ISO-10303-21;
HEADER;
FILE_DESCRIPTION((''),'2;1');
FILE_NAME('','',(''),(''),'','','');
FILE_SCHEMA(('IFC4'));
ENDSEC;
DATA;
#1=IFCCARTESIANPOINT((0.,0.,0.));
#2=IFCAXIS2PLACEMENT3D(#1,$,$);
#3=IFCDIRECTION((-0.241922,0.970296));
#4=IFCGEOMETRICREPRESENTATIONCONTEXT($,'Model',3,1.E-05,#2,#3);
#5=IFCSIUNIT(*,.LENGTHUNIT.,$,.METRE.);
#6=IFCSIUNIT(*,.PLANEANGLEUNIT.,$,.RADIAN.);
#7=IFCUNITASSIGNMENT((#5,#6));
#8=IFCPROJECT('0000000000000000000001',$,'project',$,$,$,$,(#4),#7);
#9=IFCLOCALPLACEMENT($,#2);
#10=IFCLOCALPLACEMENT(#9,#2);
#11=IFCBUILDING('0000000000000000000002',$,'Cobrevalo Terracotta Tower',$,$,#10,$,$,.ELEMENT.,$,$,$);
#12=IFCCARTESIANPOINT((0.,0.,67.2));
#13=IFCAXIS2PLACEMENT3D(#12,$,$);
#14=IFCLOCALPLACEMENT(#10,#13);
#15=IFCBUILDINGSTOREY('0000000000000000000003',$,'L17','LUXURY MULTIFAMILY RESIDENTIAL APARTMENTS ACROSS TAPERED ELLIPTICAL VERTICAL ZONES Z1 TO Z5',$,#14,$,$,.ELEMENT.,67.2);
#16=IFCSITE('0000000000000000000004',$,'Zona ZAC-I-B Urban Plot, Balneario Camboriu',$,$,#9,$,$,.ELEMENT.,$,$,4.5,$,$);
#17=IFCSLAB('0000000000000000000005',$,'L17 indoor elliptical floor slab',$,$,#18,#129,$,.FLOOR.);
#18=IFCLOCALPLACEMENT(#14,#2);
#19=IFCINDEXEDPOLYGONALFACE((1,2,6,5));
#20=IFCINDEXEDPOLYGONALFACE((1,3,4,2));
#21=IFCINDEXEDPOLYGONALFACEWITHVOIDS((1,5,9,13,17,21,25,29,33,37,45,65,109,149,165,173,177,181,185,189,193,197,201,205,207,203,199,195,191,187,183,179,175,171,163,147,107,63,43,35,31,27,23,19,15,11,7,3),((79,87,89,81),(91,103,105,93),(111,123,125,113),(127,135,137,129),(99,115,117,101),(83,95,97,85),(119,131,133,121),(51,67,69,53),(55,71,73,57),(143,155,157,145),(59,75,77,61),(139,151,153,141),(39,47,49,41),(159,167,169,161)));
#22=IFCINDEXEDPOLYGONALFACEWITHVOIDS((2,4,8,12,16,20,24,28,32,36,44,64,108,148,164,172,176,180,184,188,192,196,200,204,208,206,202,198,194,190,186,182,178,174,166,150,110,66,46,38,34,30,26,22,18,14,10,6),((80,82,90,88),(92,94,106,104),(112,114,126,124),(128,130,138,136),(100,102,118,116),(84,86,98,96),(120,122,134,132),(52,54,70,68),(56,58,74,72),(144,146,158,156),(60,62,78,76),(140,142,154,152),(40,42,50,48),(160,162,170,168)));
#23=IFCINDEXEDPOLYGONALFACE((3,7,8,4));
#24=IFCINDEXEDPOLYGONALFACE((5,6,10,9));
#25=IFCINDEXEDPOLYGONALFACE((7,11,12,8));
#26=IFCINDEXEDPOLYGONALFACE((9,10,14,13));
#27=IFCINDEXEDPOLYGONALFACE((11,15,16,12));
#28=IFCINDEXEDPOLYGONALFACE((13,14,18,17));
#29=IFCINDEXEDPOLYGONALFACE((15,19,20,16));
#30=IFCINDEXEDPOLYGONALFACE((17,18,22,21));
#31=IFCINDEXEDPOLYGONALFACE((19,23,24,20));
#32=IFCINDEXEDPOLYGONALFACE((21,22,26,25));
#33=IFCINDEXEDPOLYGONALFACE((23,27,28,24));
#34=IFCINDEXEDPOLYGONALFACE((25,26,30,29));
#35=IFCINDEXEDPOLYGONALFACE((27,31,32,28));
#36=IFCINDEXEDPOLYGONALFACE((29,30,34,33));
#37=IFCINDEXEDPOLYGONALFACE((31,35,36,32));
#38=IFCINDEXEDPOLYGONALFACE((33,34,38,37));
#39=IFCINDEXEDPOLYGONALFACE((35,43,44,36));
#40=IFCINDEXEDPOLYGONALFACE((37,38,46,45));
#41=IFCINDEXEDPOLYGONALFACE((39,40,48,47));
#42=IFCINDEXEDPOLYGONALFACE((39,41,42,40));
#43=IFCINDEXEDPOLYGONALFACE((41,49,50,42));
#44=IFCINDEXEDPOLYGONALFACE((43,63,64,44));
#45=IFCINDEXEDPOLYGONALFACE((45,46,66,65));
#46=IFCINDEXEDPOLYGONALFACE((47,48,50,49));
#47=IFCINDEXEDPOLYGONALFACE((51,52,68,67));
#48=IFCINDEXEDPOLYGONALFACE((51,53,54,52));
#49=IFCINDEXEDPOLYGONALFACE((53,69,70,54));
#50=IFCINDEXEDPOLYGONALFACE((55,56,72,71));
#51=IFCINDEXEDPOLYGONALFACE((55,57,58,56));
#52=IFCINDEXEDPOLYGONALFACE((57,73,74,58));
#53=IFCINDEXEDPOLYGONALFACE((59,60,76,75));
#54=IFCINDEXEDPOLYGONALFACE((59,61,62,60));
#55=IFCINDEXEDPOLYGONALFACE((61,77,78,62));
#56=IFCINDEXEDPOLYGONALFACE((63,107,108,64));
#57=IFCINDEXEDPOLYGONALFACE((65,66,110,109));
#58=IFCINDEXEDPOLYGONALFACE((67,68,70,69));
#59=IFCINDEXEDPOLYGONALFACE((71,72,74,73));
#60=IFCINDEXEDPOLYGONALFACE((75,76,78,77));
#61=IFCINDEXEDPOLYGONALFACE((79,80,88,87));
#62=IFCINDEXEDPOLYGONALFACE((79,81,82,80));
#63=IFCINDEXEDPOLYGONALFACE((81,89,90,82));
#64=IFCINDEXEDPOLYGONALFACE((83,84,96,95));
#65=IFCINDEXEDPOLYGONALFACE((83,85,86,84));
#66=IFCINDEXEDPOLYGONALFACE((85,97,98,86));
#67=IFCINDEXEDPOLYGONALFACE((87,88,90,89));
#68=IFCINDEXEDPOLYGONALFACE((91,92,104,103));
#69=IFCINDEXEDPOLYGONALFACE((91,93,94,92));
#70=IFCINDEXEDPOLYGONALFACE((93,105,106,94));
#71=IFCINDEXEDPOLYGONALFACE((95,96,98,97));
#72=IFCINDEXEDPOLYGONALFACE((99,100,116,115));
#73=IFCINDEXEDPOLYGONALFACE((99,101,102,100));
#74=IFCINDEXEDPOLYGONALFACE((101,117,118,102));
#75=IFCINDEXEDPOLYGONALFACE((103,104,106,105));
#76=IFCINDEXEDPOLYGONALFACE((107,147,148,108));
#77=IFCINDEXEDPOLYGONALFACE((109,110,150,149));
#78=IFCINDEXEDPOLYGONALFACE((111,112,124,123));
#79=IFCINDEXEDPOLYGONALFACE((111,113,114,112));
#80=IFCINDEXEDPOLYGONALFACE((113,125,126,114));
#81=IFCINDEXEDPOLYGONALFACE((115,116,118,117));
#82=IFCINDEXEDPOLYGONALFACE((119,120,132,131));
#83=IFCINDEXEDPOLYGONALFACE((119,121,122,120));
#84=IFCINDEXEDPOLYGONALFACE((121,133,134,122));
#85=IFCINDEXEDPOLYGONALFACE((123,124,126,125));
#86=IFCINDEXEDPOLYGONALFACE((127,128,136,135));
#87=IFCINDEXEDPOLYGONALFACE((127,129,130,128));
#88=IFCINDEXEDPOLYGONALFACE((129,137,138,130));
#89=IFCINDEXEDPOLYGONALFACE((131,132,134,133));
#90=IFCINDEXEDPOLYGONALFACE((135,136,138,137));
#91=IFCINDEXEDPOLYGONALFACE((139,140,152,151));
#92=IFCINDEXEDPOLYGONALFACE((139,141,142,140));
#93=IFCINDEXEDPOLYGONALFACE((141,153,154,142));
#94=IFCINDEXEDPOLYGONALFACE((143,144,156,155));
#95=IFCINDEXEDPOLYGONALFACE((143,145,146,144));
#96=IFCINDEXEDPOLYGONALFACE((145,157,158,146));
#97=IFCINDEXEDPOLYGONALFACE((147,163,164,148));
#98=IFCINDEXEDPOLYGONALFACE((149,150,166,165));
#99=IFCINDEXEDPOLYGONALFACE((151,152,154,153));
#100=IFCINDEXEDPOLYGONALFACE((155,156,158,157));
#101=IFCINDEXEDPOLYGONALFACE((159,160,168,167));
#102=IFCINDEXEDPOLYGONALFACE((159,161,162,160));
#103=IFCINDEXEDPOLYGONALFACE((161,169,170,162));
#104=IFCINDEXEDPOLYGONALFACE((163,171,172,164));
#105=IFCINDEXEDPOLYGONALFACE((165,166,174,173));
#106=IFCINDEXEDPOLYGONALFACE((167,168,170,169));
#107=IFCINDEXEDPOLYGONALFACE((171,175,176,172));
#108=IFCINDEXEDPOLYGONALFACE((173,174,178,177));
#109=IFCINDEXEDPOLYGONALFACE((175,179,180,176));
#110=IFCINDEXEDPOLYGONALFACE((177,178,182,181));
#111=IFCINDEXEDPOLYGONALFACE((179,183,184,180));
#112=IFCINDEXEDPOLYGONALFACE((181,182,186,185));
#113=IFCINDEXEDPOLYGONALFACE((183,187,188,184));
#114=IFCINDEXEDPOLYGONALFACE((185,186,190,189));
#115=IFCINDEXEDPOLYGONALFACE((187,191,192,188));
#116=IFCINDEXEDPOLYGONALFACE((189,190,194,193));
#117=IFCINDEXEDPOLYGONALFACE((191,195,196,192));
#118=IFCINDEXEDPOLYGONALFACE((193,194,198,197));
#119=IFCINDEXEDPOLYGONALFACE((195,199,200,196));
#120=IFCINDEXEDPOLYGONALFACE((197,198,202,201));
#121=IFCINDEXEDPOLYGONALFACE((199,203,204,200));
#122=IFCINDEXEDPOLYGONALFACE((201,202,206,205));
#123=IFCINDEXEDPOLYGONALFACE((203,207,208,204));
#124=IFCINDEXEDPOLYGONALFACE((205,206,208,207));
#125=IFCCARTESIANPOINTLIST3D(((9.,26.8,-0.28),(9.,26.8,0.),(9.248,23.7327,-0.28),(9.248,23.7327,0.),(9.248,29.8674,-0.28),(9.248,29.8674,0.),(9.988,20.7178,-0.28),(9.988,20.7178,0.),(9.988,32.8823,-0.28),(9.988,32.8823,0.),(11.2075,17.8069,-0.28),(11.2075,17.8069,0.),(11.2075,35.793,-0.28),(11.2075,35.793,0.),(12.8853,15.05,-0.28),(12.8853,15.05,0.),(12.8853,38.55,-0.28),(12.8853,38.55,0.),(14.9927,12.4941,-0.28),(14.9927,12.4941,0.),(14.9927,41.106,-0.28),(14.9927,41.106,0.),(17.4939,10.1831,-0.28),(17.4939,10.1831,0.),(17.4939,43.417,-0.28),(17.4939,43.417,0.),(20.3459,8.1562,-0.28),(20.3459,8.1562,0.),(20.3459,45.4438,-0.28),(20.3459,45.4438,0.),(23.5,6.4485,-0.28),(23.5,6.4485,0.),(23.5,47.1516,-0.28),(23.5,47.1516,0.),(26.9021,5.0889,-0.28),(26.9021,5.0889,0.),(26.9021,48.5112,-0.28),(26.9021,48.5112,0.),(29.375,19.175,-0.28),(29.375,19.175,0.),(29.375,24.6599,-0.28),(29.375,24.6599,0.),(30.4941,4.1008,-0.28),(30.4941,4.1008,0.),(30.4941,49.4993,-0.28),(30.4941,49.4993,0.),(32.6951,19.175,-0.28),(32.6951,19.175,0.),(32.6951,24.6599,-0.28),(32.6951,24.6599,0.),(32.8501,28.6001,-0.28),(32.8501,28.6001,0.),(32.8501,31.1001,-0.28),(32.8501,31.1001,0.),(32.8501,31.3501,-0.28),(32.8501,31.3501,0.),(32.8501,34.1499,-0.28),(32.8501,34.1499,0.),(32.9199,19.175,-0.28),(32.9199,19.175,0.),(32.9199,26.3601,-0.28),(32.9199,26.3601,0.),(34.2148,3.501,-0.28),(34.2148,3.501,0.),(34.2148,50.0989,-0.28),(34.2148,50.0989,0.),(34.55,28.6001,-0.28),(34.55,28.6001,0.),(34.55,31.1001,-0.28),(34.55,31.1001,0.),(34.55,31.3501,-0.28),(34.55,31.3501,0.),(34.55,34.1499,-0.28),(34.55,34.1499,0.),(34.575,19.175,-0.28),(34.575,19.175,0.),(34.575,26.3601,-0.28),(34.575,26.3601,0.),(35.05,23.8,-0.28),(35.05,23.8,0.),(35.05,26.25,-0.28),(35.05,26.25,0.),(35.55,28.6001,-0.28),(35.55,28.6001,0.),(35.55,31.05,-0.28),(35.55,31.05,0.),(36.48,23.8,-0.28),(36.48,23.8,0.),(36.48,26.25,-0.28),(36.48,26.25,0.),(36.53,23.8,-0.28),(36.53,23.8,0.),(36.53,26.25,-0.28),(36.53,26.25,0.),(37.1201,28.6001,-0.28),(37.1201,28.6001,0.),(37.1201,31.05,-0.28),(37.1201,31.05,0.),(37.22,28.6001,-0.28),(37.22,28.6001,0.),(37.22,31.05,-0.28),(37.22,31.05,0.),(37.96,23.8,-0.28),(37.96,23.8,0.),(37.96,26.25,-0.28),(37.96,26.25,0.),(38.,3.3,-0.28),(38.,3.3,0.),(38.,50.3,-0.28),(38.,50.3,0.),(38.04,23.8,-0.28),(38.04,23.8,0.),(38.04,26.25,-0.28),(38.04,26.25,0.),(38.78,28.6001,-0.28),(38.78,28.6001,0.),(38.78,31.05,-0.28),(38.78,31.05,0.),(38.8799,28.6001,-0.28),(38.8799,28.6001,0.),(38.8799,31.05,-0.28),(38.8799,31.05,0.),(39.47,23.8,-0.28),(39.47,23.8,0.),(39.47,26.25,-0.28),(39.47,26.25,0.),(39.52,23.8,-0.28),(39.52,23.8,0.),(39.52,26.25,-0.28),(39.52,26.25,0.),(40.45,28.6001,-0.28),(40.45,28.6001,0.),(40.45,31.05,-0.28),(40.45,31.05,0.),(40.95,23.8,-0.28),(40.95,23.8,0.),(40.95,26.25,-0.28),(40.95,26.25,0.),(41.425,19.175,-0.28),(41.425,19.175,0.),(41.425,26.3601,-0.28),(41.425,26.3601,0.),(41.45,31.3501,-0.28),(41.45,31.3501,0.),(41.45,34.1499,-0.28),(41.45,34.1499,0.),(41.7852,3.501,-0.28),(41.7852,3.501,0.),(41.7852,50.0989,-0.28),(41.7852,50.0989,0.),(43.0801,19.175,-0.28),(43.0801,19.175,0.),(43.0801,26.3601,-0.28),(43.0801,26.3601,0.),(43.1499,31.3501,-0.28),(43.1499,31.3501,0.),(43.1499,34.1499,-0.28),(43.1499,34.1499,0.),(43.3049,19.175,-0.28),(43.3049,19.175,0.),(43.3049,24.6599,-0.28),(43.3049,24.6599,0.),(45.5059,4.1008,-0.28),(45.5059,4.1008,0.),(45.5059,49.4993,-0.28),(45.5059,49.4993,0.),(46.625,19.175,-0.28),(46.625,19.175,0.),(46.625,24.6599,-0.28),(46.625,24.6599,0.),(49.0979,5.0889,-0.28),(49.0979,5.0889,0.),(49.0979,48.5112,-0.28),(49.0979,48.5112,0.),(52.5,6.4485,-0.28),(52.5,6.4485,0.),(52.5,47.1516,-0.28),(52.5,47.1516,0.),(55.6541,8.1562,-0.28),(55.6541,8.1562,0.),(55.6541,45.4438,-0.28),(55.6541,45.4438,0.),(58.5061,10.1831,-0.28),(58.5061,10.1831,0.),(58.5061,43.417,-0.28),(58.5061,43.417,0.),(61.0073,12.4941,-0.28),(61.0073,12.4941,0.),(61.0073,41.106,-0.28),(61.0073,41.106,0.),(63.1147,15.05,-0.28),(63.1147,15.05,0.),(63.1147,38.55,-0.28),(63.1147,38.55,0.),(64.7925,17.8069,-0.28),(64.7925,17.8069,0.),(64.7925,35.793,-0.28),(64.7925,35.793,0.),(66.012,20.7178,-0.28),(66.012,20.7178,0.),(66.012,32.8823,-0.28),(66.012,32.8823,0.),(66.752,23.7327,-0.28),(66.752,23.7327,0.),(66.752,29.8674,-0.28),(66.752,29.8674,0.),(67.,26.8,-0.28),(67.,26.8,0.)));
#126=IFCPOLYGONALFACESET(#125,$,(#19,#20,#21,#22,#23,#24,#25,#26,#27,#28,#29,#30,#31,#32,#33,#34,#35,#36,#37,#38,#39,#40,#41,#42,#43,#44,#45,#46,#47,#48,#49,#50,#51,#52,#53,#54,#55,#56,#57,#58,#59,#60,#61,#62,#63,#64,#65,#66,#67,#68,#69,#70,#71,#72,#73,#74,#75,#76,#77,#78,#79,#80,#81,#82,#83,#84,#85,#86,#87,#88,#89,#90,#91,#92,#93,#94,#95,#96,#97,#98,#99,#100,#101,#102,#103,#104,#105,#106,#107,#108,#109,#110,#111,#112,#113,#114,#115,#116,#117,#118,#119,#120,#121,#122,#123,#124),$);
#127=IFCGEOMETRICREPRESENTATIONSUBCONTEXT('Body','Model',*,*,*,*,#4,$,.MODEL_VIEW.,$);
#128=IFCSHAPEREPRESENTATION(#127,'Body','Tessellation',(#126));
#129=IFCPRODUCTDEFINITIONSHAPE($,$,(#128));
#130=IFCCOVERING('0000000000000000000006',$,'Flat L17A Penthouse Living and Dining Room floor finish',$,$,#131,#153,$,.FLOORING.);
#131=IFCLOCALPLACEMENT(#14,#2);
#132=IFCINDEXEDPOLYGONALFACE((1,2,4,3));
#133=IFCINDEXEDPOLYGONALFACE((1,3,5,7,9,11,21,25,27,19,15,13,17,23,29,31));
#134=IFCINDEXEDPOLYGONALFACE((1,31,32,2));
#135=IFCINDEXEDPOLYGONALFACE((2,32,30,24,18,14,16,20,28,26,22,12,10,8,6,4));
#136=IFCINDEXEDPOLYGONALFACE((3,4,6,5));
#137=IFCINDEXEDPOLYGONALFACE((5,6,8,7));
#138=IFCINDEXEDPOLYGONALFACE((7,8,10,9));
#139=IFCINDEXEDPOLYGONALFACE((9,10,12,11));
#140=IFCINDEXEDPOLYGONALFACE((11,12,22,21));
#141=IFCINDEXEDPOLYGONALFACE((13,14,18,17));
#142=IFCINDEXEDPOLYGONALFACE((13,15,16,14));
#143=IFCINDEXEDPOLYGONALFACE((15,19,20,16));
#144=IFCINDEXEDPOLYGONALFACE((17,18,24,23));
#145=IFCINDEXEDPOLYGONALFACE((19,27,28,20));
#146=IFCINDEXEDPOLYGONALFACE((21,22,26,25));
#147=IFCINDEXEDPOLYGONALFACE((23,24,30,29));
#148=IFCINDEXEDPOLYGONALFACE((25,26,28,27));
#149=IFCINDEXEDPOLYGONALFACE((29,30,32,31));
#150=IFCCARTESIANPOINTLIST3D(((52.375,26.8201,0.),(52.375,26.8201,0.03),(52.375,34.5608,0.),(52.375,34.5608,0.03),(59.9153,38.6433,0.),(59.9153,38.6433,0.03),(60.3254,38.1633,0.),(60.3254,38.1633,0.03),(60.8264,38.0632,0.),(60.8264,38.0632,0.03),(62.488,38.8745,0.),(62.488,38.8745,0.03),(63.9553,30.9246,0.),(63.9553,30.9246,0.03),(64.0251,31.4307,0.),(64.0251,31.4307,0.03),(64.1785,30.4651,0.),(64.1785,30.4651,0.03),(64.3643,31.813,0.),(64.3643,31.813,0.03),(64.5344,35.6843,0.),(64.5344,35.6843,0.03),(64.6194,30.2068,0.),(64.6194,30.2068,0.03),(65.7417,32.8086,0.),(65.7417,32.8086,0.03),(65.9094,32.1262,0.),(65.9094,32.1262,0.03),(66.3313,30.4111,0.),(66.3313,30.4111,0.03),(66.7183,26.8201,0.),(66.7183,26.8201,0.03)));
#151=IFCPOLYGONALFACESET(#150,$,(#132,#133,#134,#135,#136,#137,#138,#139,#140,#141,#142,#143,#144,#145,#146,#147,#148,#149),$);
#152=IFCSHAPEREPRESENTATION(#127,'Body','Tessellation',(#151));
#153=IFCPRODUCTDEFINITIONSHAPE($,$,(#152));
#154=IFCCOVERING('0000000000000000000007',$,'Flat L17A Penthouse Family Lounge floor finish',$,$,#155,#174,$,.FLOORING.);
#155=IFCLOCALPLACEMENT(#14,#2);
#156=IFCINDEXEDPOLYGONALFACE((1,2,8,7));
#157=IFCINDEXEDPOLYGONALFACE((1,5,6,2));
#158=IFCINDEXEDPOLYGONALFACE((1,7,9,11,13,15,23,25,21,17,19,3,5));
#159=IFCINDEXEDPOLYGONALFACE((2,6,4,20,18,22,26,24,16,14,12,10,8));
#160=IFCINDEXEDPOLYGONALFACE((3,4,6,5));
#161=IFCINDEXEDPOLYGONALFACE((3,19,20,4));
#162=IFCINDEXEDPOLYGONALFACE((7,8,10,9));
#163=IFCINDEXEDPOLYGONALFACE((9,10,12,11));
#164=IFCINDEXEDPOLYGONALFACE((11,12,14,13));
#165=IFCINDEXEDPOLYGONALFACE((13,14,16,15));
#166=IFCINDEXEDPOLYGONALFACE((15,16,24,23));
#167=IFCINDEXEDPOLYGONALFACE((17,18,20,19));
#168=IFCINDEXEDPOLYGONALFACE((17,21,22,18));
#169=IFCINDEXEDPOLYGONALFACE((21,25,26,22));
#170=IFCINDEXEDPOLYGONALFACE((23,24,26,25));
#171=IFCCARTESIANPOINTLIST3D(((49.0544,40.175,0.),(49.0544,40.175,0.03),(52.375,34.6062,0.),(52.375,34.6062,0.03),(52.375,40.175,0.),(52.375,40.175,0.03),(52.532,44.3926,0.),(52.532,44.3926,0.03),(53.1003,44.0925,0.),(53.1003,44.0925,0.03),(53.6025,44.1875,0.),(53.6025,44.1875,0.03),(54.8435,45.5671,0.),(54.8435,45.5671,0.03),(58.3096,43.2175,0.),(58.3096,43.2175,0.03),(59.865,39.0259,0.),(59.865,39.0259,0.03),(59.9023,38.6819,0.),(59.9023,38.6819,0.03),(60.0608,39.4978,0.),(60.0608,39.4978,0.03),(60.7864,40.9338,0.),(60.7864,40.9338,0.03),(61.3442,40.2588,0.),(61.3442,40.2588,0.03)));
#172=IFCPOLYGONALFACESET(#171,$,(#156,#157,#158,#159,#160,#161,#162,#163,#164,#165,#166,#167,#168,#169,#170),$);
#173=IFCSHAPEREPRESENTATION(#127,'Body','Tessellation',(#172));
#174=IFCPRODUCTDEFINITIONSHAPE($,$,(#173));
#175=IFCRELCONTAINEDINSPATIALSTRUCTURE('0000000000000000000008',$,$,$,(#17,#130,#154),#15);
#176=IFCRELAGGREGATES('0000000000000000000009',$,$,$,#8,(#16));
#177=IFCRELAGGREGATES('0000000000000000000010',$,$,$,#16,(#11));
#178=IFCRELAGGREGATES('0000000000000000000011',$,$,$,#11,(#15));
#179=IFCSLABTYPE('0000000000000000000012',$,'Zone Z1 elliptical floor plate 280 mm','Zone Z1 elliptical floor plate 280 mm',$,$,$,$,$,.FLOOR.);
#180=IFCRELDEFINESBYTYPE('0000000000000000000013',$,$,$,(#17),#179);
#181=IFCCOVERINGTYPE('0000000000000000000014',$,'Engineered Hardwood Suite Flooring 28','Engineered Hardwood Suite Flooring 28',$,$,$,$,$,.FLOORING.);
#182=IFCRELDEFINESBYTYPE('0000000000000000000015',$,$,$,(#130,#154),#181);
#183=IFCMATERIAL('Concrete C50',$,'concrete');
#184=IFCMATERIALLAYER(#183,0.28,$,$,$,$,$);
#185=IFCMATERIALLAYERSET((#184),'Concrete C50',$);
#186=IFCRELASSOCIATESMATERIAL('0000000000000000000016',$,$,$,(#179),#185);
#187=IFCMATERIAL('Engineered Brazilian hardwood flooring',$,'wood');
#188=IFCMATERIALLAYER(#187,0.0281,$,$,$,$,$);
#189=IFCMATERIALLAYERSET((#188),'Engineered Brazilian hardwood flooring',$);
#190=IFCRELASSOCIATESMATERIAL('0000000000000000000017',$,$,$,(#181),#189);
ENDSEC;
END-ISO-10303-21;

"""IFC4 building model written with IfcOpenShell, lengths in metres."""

from ifc_helpers import new_model, si_unit, direction, frame, origin, place, context, subcontext, project, spatial, polyline, outline, extrude, material, layer, layer_set, type_object, element, save


model = new_model("IFC4")

# Units and contexts
model_context = context("Model", 3, precision=1e-05, world=origin(), true_north=direction((-0.241922, 0.970296)))
body_context = subcontext(model_context, "Body", "Model", "MODEL_VIEW")
ifc_project = project(units=[si_unit("LENGTHUNIT", "METRE"), si_unit("PLANEANGLEUNIT", "RADIAN")], contexts=[model_context])

# Site, building, storey
site_placement = place(None, origin())
site = spatial("IfcSite", under=ifc_project, at=site_placement, Name="Zona ZAC-I-B Urban Plot, Balneario Camboriu", CompositionType="ELEMENT", RefElevation=4.5)
building_placement = place(site_placement, origin())
building = spatial("IfcBuilding", under=site, at=building_placement, Name="Cobrevalo Terracotta Tower", CompositionType="ELEMENT")
storey_placement = place(building_placement, frame((0.0, 0.0, 67.2)))
storey = spatial("IfcBuildingStorey", under=building, at=storey_placement, Name="L17", Description="LUXURY MULTIFAMILY RESIDENTIAL APARTMENTS ACROSS TAPERED ELLIPTICAL VERTICAL ZONES Z1 TO Z5", CompositionType="ELEMENT", Elevation=67.2)

# Shared definitions
ifc_material_1 = material(Name="Concrete C50", Category="concrete")

# Slab
ifc_layer_1 = layer(ifc_material_1, 0.28)
ifc_layer_set_1 = layer_set([ifc_layer_1], Name="Concrete C50")
slab_type_1 = type_object("IfcSlabType", Name="Zone Z1 elliptical floor plate 280 mm", Description="Zone Z1 elliptical floor plate 280 mm", PredefinedType="FLOOR", material=ifc_layer_set_1)
slab_1_placement = place(storey_placement, frame((0.0, 0.0, -0.28)))
element("IfcSlab", 1, at=slab_1_placement, inside=storey, type_object=slab_type_1, Name="L17 indoor elliptical floor slab", PredefinedType="FLOOR", context=body_context, shape_type="SweptSolid", body=[
    extrude(outline(polyline([(66.752, 23.7327), (66.012, 20.7178), (64.7925, 17.8069), (63.1147, 15.05), (61.0073, 12.4941), (58.5061, 10.1831), (55.6541, 8.1562), (52.5, 6.4485), (49.0979, 5.0889), (45.5059, 4.1008), (41.7852, 3.501), (38.0, 3.3), (34.2148, 3.501), (30.4941, 4.1008), (26.9021, 5.0889), (23.5, 6.4485), (20.3459, 8.1562), (17.4939, 10.1831), (14.9927, 12.4941), (12.8853, 15.05), (11.2075, 17.8069), (9.988, 20.7178), (9.248, 23.7327), (9.0, 26.8), (9.248, 29.8674), (9.988, 32.8823), (11.2075, 35.793), (12.8853, 38.55), (14.9927, 41.106), (17.4939, 43.417), (20.3459, 45.4438), (23.5, 47.1516), (26.9021, 48.5112), (30.4941, 49.4993), (34.2148, 50.0989), (38.0, 50.3), (41.7852, 50.0989), (45.5059, 49.4993), (49.0979, 48.5112), (52.5, 47.1516), (55.6541, 45.4438), (58.5061, 43.417), (61.0073, 41.106), (63.1147, 38.55), (64.7925, 35.793), (66.012, 32.8823), (66.752, 29.8674), (67.0, 26.8), (66.752, 23.7327)]), holes=[polyline([(32.6951, 19.175), (32.6951, 24.6599), (29.375, 24.6599), (29.375, 19.175), (32.6951, 19.175)]), polyline([(34.575, 19.175), (34.575, 26.3601), (32.9199, 26.3601), (32.9199, 19.175), (34.575, 19.175)]), polyline([(36.48, 23.8), (36.48, 26.25), (35.05, 26.25), (35.05, 23.8), (36.48, 23.8)]), polyline([(37.96, 23.8), (37.96, 26.25), (36.53, 26.25), (36.53, 23.8), (37.96, 23.8)]), polyline([(37.1201, 28.6001), (37.1201, 31.05), (35.55, 31.05), (35.55, 28.6001), (37.1201, 28.6001)]), polyline([(34.55, 28.6001), (34.55, 31.1001), (32.8501, 31.1001), (32.8501, 28.6001), (34.55, 28.6001)]), polyline([(34.55, 31.3501), (34.55, 34.1499), (32.8501, 34.1499), (32.8501, 31.3501), (34.55, 31.3501)]), polyline([(46.625, 19.175), (46.625, 24.6599), (43.3049, 24.6599), (43.3049, 19.175), (46.625, 19.175)]), polyline([(43.0801, 19.175), (43.0801, 26.3601), (41.425, 26.3601), (41.425, 19.175), (43.0801, 19.175)]), polyline([(39.47, 23.8), (39.47, 26.25), (38.04, 26.25), (38.04, 23.8), (39.47, 23.8)]), polyline([(40.95, 23.8), (40.95, 26.25), (39.52, 26.25), (39.52, 23.8), (40.95, 23.8)]), polyline([(38.78, 28.6001), (38.78, 31.05), (37.22, 31.05), (37.22, 28.6001), (38.78, 28.6001)]), polyline([(40.45, 28.6001), (40.45, 31.05), (38.8799, 31.05), (38.8799, 28.6001), (40.45, 28.6001)]), polyline([(43.1499, 31.3501), (43.1499, 34.1499), (41.45, 34.1499), (41.45, 31.3501), (43.1499, 31.3501)])]), origin(), (0.0, 0.0, 1.0), 0.28),
])

# Coverings
ifc_material_2 = material(Name="Engineered Brazilian hardwood flooring", Category="wood")
ifc_layer_2 = layer(ifc_material_2, 0.0281)
ifc_layer_set_2 = layer_set([ifc_layer_2], Name="Engineered Brazilian hardwood flooring")
covering_type_1 = type_object("IfcCoveringType", Name="Engineered Hardwood Suite Flooring 28", Description="Engineered Hardwood Suite Flooring 28", PredefinedType="FLOORING", material=ifc_layer_set_2)
covering_1_placement = place(storey_placement, origin())
element("IfcCovering", 2, at=covering_1_placement, inside=storey, type_object=covering_type_1, Name="Flat L17A Penthouse Living and Dining Room floor finish", PredefinedType="FLOORING", context=body_context, shape_type="SweptSolid", body=[
    extrude(outline(polyline([(64.5344, 35.6843), (65.7417, 32.8086), (65.9094, 32.1262), (64.3643, 31.813), (64.0251, 31.4307), (63.9553, 30.9246), (64.1785, 30.4651), (64.6194, 30.2068), (66.3313, 30.4111), (66.7183, 26.8201), (52.375, 26.8201), (52.375, 34.5608), (59.9153, 38.6433), (60.3254, 38.1633), (60.8264, 38.0632), (62.488, 38.8745), (64.5344, 35.6843)])), origin(), (0.0, 0.0, 1.0), 0.03),
])
covering_2_placement = place(storey_placement, origin())
element("IfcCovering", 3, at=covering_2_placement, inside=storey, type_object=covering_type_1, Name="Flat L17A Penthouse Family Lounge floor finish", PredefinedType="FLOORING", context=body_context, shape_type="SweptSolid", body=[
    extrude(outline(polyline([(58.3096, 43.2175), (60.7864, 40.9338), (61.3442, 40.2588), (60.0608, 39.4978), (59.865, 39.0259), (59.9023, 38.6819), (52.375, 34.6062), (52.375, 40.175), (49.0544, 40.175), (52.532, 44.3926), (53.1003, 44.0925), (53.6025, 44.1875), (54.8435, 45.5671), (58.3096, 43.2175)])), origin(), (0.0, 0.0, 1.0), 0.03),
])

save(model, "model.ifc")
